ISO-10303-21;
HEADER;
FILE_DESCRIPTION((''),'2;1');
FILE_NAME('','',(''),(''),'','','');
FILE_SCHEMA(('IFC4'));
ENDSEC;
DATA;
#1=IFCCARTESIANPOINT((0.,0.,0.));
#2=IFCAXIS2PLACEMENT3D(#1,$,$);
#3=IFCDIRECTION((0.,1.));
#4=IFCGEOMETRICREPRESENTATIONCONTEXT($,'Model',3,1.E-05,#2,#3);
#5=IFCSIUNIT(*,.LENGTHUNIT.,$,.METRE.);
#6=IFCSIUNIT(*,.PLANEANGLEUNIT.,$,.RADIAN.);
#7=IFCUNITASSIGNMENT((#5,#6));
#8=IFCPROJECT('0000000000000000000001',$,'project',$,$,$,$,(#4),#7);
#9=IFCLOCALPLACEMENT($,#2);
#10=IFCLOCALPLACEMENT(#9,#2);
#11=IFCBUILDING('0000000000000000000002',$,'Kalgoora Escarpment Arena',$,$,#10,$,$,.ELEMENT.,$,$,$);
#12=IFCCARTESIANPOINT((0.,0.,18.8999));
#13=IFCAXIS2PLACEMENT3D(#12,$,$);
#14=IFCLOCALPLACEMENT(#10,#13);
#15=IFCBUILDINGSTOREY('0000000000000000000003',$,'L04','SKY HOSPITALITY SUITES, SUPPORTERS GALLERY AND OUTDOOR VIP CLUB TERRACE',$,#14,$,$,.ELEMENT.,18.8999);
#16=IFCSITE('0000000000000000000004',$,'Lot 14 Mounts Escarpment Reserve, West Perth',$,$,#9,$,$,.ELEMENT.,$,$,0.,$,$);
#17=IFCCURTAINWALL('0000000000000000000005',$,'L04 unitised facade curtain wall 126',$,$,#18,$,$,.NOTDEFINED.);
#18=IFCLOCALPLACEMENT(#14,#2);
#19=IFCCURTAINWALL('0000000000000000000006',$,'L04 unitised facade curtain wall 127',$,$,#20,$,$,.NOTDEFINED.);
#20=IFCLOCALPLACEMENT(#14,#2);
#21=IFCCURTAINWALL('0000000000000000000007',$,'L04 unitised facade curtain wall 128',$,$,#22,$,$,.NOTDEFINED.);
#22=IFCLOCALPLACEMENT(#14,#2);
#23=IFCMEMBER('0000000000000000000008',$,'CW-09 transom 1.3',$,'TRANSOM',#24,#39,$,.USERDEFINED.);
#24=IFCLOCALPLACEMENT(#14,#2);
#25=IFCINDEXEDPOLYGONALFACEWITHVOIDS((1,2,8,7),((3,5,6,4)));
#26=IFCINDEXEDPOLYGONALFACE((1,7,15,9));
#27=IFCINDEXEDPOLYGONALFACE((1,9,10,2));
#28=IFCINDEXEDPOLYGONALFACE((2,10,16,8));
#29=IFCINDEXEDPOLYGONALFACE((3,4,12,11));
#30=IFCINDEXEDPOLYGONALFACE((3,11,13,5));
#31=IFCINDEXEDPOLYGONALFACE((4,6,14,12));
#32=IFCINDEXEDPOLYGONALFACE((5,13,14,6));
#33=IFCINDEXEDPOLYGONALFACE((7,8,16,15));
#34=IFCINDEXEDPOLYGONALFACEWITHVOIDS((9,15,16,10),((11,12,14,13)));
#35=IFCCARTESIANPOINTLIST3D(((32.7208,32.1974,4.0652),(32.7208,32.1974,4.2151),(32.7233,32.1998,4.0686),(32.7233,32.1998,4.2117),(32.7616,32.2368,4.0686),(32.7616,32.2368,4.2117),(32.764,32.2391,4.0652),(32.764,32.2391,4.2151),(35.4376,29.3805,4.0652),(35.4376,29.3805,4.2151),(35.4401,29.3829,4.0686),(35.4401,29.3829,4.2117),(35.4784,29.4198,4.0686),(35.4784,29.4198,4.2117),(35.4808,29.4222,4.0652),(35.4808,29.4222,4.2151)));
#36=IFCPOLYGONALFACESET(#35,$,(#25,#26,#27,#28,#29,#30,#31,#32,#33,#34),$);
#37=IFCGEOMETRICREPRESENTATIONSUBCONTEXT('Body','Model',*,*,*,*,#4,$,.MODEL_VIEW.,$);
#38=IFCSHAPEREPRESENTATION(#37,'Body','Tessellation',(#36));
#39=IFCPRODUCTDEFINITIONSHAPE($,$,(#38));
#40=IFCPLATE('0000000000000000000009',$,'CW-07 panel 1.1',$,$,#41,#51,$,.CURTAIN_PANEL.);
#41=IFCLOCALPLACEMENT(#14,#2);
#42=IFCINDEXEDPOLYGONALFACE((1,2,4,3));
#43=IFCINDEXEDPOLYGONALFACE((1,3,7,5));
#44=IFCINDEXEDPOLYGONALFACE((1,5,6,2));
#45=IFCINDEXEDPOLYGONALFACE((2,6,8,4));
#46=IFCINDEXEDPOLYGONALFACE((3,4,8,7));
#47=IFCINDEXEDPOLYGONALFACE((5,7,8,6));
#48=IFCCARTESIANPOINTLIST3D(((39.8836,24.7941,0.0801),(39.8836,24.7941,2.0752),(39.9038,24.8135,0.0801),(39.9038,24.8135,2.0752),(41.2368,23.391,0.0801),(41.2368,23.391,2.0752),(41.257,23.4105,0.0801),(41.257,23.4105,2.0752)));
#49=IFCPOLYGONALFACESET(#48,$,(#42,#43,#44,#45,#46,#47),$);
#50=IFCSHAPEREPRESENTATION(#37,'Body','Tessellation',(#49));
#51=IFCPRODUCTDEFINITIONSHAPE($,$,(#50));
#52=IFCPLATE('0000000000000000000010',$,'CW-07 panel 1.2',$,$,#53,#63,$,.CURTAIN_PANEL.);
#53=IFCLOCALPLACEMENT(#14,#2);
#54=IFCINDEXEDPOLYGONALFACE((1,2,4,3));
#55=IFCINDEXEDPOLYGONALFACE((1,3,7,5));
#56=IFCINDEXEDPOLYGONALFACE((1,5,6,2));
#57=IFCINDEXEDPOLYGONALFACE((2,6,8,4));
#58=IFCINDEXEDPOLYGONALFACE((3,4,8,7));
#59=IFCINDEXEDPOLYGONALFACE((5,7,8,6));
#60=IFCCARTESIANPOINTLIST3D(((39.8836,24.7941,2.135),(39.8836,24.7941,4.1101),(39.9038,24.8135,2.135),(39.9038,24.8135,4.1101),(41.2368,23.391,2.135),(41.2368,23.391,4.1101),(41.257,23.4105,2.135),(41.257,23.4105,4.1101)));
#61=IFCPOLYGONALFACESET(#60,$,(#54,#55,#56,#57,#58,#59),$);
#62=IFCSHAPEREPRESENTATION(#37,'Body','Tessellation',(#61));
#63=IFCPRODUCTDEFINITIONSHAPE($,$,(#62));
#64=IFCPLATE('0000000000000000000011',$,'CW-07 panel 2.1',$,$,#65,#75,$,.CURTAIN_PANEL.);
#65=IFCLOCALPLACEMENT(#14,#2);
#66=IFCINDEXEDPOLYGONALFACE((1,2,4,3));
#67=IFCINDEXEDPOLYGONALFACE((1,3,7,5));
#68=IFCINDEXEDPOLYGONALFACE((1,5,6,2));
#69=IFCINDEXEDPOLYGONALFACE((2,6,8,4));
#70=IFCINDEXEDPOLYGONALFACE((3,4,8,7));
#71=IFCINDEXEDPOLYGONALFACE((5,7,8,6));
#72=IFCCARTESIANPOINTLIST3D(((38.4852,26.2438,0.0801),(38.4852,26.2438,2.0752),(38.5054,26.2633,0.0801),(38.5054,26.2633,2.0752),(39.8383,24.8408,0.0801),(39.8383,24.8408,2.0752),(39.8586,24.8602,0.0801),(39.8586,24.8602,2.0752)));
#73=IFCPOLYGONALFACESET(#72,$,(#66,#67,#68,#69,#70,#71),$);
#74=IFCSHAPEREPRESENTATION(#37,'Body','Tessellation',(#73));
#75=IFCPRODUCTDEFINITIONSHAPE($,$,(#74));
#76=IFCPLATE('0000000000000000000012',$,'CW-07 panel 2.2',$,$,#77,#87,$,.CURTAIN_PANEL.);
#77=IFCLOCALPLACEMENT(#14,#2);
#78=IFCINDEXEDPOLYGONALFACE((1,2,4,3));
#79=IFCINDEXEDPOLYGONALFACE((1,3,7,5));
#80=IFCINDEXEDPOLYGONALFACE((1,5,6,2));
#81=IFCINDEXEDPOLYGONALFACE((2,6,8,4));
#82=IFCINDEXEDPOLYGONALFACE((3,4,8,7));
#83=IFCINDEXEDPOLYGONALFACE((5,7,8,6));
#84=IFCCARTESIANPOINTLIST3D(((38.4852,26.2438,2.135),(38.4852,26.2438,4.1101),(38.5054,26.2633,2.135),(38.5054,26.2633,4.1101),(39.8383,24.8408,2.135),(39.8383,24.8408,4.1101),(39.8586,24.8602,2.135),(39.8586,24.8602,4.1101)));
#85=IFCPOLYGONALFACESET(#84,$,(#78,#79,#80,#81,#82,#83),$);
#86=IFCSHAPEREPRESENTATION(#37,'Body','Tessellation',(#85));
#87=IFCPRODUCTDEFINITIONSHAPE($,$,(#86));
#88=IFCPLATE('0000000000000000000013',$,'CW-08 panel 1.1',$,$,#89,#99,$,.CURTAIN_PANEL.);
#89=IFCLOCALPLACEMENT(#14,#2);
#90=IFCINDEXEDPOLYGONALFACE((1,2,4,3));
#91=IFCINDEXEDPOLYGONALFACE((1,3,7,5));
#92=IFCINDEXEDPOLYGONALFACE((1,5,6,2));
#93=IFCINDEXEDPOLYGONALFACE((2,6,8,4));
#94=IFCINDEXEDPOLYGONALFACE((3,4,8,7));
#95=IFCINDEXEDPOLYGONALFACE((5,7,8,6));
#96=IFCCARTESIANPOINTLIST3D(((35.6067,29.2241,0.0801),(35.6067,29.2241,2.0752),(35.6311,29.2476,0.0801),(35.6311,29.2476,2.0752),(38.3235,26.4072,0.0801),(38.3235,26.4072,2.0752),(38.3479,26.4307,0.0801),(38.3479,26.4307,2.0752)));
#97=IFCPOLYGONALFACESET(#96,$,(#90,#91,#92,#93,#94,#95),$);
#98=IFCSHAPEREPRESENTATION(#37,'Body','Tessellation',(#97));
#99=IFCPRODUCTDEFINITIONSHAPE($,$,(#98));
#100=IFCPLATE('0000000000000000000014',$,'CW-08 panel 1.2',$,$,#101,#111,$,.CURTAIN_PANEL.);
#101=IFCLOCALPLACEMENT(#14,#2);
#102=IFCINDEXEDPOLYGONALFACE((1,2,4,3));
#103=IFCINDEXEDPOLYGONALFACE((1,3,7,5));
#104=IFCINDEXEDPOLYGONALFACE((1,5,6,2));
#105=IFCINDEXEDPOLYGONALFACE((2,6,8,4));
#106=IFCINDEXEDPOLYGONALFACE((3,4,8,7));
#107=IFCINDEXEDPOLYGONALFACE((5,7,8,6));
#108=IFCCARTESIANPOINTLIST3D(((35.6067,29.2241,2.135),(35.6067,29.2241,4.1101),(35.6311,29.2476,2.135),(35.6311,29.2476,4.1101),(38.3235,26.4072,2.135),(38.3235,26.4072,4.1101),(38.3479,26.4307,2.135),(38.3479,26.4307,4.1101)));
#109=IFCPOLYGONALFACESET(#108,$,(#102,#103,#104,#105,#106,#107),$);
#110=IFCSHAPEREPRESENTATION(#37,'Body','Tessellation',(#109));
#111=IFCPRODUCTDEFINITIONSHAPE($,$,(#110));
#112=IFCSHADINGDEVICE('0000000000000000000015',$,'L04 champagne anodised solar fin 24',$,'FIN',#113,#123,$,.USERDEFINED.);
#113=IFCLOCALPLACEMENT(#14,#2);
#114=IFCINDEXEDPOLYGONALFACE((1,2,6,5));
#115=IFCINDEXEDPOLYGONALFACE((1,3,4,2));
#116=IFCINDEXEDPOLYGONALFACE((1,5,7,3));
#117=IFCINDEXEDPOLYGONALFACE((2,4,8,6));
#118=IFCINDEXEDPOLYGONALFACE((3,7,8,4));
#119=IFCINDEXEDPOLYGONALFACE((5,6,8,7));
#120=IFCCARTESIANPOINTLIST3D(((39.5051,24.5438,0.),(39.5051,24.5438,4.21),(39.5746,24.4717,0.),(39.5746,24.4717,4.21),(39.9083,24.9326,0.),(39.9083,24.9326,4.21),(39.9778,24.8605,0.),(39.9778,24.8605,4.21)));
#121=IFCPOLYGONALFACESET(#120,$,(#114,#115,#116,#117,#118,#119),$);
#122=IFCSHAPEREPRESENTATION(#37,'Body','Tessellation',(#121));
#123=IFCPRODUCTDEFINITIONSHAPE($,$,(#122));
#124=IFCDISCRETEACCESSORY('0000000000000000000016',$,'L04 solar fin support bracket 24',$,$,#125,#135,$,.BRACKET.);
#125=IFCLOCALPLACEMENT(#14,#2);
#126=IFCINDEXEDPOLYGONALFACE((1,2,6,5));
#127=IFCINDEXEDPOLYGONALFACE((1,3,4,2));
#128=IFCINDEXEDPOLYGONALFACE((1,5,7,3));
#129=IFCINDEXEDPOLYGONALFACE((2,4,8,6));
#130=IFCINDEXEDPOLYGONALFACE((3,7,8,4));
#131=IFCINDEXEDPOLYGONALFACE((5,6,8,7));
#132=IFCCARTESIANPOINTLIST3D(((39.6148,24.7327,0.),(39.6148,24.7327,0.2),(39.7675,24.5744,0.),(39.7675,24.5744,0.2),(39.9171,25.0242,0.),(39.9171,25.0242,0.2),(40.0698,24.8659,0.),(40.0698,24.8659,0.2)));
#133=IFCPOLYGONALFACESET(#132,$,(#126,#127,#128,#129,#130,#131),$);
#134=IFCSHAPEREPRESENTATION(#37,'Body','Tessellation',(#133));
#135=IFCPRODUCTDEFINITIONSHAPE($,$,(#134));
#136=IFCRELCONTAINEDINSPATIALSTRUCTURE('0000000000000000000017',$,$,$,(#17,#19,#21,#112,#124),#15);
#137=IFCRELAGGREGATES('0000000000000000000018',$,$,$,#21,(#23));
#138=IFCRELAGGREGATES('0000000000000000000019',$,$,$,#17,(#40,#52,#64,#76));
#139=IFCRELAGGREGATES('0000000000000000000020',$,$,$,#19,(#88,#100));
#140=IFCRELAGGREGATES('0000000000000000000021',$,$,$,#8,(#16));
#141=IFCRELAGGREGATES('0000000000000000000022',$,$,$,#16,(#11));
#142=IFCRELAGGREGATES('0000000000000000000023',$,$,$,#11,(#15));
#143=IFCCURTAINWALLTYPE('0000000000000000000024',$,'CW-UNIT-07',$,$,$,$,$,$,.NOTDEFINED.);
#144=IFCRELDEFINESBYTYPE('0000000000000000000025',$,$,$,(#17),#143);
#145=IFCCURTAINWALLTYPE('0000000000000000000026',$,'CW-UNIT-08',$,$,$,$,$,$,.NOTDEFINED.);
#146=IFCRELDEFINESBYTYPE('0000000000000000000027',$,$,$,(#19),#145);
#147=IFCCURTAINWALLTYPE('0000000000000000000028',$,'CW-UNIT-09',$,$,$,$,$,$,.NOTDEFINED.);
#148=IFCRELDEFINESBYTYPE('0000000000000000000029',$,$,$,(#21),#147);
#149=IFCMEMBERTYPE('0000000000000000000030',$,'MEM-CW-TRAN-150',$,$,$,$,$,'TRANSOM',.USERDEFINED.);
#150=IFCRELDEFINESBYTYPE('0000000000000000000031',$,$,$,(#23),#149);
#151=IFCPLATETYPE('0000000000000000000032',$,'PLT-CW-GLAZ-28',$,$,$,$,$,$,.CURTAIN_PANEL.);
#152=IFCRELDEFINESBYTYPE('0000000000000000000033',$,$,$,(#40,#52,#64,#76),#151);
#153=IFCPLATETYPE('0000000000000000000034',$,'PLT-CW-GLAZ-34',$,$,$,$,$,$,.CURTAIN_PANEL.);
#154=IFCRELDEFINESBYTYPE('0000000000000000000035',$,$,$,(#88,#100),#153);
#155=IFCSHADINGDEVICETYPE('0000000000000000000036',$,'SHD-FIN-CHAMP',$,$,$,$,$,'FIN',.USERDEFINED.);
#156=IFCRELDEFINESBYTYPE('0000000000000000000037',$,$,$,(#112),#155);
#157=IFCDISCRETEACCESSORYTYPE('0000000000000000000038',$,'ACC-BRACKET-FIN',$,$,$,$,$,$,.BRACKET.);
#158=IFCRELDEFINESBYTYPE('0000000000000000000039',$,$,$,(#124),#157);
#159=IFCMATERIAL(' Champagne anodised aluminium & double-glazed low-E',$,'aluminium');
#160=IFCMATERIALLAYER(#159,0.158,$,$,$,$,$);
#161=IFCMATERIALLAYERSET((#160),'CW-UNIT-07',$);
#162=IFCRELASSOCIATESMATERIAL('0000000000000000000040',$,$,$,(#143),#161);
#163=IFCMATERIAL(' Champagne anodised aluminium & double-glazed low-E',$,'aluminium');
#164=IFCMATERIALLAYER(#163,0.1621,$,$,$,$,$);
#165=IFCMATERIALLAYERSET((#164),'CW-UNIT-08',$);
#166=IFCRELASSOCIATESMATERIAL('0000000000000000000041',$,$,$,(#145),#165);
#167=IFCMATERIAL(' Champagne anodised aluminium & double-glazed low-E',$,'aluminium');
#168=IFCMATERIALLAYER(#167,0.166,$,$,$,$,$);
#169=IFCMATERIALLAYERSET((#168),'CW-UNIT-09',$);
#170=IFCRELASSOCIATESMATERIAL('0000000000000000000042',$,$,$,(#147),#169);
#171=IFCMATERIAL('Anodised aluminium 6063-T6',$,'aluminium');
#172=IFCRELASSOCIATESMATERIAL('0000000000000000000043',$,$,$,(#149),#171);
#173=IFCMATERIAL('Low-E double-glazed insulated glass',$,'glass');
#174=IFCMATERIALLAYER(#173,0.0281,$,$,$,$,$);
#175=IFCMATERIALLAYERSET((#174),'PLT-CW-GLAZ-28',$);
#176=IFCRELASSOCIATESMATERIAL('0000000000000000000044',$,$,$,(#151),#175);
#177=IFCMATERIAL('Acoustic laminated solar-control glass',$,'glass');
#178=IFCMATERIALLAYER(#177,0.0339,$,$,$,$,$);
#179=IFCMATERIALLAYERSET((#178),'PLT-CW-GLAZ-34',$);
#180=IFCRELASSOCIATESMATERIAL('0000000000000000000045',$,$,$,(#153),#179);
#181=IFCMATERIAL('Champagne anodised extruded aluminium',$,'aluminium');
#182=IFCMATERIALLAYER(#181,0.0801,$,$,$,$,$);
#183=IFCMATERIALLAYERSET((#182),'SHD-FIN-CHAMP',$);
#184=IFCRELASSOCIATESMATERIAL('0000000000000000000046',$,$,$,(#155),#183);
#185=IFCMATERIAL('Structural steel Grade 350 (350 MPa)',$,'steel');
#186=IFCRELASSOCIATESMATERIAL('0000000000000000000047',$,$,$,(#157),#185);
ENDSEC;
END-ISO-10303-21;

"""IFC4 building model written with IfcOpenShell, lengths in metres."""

from ifc_helpers import new_model, si_unit, direction, frame, origin, origin_2d, place, context, subcontext, project, spatial, rectangle, hollow_rectangle, extrude, material, layer, layer_set, material_profile, profile_set, type_object, element, aggregate, save


model = new_model("IFC4")

# Units and contexts
model_context = context("Model", 3, precision=1e-05, world=origin(), true_north=direction((0.0, 1.0)))
body_context = subcontext(model_context, "Body", "Model", "MODEL_VIEW")
ifc_project = project(units=[si_unit("LENGTHUNIT", "METRE"), si_unit("PLANEANGLEUNIT", "RADIAN")], contexts=[model_context])

# Site, building, storey
site_placement = place(None, origin())
site = spatial("IfcSite", under=ifc_project, at=site_placement, Name="Lot 14 Mounts Escarpment Reserve, West Perth", CompositionType="ELEMENT", RefElevation=0.0)
building_placement = place(site_placement, origin())
building = spatial("IfcBuilding", under=site, at=building_placement, Name="Kalgoora Escarpment Arena", CompositionType="ELEMENT")
storey_placement = place(building_placement, frame((0.0, 0.0, 18.8999)))
storey = spatial("IfcBuildingStorey", under=building, at=storey_placement, Name="L04", Description="SKY HOSPITALITY SUITES, SUPPORTERS GALLERY AND OUTDOOR VIP CLUB TERRACE", CompositionType="ELEMENT", Elevation=18.8999)

# Curtain walls
ifc_material_1 = material(Name=" Champagne anodised aluminium & double-glazed low-E", Category="aluminium")
ifc_layer_1 = layer(ifc_material_1, 0.158)
ifc_layer_set_1 = layer_set([ifc_layer_1], Name="CW-UNIT-07")
curtain_wall_type_1 = type_object("IfcCurtainWallType", Name="CW-UNIT-07", PredefinedType="NOTDEFINED", material=ifc_layer_set_1)
curtain_wall_1_placement = place(storey_placement, origin())
curtain_wall_1 = element("IfcCurtainWall", 1, at=curtain_wall_1_placement, inside=storey, type_object=curtain_wall_type_1, Name="L04 unitised facade curtain wall 126", PredefinedType="NOTDEFINED")
ifc_material_2 = material(Name=" Champagne anodised aluminium & double-glazed low-E", Category="aluminium")
ifc_layer_2 = layer(ifc_material_2, 0.1621)
ifc_layer_set_2 = layer_set([ifc_layer_2], Name="CW-UNIT-08")
curtain_wall_type_2 = type_object("IfcCurtainWallType", Name="CW-UNIT-08", PredefinedType="NOTDEFINED", material=ifc_layer_set_2)
curtain_wall_2_placement = place(storey_placement, origin())
curtain_wall_2 = element("IfcCurtainWall", 2, at=curtain_wall_2_placement, inside=storey, type_object=curtain_wall_type_2, Name="L04 unitised facade curtain wall 127", PredefinedType="NOTDEFINED")

# Curtain wall
ifc_material_3 = material(Name=" Champagne anodised aluminium & double-glazed low-E", Category="aluminium")
ifc_layer_3 = layer(ifc_material_3, 0.166)
ifc_layer_set_3 = layer_set([ifc_layer_3], Name="CW-UNIT-09")
curtain_wall_type_3 = type_object("IfcCurtainWallType", Name="CW-UNIT-09", PredefinedType="NOTDEFINED", material=ifc_layer_set_3)
curtain_wall_3_placement = place(storey_placement, origin())
curtain_wall_3 = element("IfcCurtainWall", 3, at=curtain_wall_3_placement, inside=storey, type_object=curtain_wall_type_3, Name="L04 unitised facade curtain wall 128", PredefinedType="NOTDEFINED")

# Member
ifc_material_4 = material(Name="Anodised aluminium 6063-T6", Category="aluminium")
ifc_material_profile_1 = material_profile(ifc_material_4, hollow_rectangle(XDim=0.0601, YDim=0.1499, WallThickness=0.0034, at=origin_2d()))
ifc_profile_set_1 = profile_set([ifc_material_profile_1], Name="Anodised aluminium 6063-T6")
member_type_1 = type_object("IfcMemberType", Name="MEM-CW-TRAN-150", ElementType="TRANSOM", PredefinedType="USERDEFINED", material=ifc_profile_set_1)
member_1_placement = place(storey_placement, frame((35.4592, 29.4014, 4.1401), z_axis=(-0.694203, 0.71978, 0.0), x_axis=(-0.71978, -0.694203, 0.0)))
member_1 = element("IfcMember", 4, at=member_1_placement, type_object=member_type_1, Name="CW-09 transom 1.3", ObjectType="TRANSOM", PredefinedType="USERDEFINED", context=body_context, shape_type="SweptSolid", body=[
    extrude(hollow_rectangle(XDim=0.0601, YDim=0.1499, WallThickness=0.0034, at=origin_2d()), origin(), (0.0, 0.0, 1.0), 3.9136),
])
aggregate(curtain_wall_3, [member_1])

# Plates
ifc_material_5 = material(Name="Low-E double-glazed insulated glass", Category="glass")
ifc_layer_4 = layer(ifc_material_5, 0.0281)
ifc_layer_set_4 = layer_set([ifc_layer_4], Name="PLT-CW-GLAZ-28")
plate_type_1 = type_object("IfcPlateType", Name="PLT-CW-GLAZ-28", PredefinedType="CURTAIN_PANEL", material=ifc_layer_set_4)
plate_1_placement = place(storey_placement, frame((40.5703, 24.1023, 0.0801), z_axis=(0.0, 0.0, 1.0), x_axis=(-0.694202, 0.71978, 0.0)))
plate_1 = element("IfcPlate", 5, at=plate_1_placement, type_object=plate_type_1, Name="CW-07 panel 1.1", PredefinedType="CURTAIN_PANEL", context=body_context, shape_type="SweptSolid", body=[
    extrude(rectangle(XDim=1.9492, YDim=0.0281, at=origin_2d()), origin(), (0.0, 0.0, 1.0), 1.9951),
])
plate_2_placement = place(storey_placement, frame((40.5703, 24.1023, 2.135), z_axis=(0.0, 0.0, 1.0), x_axis=(-0.694202, 0.71978, 0.0)))
plate_2 = element("IfcPlate", 6, at=plate_2_placement, type_object=plate_type_1, Name="CW-07 panel 1.2", PredefinedType="CURTAIN_PANEL", context=body_context, shape_type="SweptSolid", body=[
    extrude(rectangle(XDim=1.9492, YDim=0.0281, at=origin_2d()), origin(), (0.0, 0.0, 1.0), 1.9751),
])
plate_3_placement = place(storey_placement, frame((39.1719, 25.552, 0.0801), z_axis=(0.0, 0.0, 1.0), x_axis=(-0.694202, 0.71978, 0.0)))
plate_3 = element("IfcPlate", 7, at=plate_3_placement, type_object=plate_type_1, Name="CW-07 panel 2.1", PredefinedType="CURTAIN_PANEL", context=body_context, shape_type="SweptSolid", body=[
    extrude(rectangle(XDim=1.9492, YDim=0.0281, at=origin_2d()), origin(), (0.0, 0.0, 1.0), 1.9951),
])
plate_4_placement = place(storey_placement, frame((39.1719, 25.552, 2.135), z_axis=(0.0, 0.0, 1.0), x_axis=(-0.694202, 0.71978, 0.0)))
plate_4 = element("IfcPlate", 8, at=plate_4_placement, type_object=plate_type_1, Name="CW-07 panel 2.2", PredefinedType="CURTAIN_PANEL", context=body_context, shape_type="SweptSolid", body=[
    extrude(rectangle(XDim=1.9492, YDim=0.0281, at=origin_2d()), origin(), (0.0, 0.0, 1.0), 1.9751),
])
aggregate(curtain_wall_1, [plate_1, plate_2, plate_3, plate_4])
ifc_material_6 = material(Name="Acoustic laminated solar-control glass", Category="glass")
ifc_layer_5 = layer(ifc_material_6, 0.0339)
ifc_layer_set_5 = layer_set([ifc_layer_5], Name="PLT-CW-GLAZ-34")
plate_type_2 = type_object("IfcPlateType", Name="PLT-CW-GLAZ-34", PredefinedType="CURTAIN_PANEL", material=ifc_layer_set_5)
plate_5_placement = place(storey_placement, frame((36.9773, 27.8274, 0.0801), z_axis=(0.0, 0.0, 1.0), x_axis=(-0.694205, 0.719777, 0.0)))
plate_5 = element("IfcPlate", 9, at=plate_5_placement, type_object=plate_type_2, Name="CW-08 panel 1.1", PredefinedType="CURTAIN_PANEL", context=body_context, shape_type="SweptSolid", body=[
    extrude(rectangle(XDim=3.9136, YDim=0.0339, at=origin_2d()), origin(), (0.0, 0.0, 1.0), 1.9951),
])
plate_6_placement = place(storey_placement, frame((36.9773, 27.8274, 2.135), z_axis=(0.0, 0.0, 1.0), x_axis=(-0.694205, 0.719777, 0.0)))
plate_6 = element("IfcPlate", 10, at=plate_6_placement, type_object=plate_type_2, Name="CW-08 panel 1.2", PredefinedType="CURTAIN_PANEL", context=body_context, shape_type="SweptSolid", body=[
    extrude(rectangle(XDim=3.9136, YDim=0.0339, at=origin_2d()), origin(), (0.0, 0.0, 1.0), 1.9751),
])
aggregate(curtain_wall_2, [plate_5, plate_6])

# Shading device
ifc_material_7 = material(Name="Champagne anodised extruded aluminium", Category="aluminium")
ifc_layer_6 = layer(ifc_material_7, 0.0801)
ifc_layer_set_6 = layer_set([ifc_layer_6], Name="SHD-FIN-CHAMP")
shading_device_type = type_object("IfcShadingDeviceType", Name="SHD-FIN-CHAMP", ElementType="FIN", PredefinedType="USERDEFINED", material=ifc_layer_set_6)
shading_device_placement = place(storey_placement, frame((39.7415, 24.7021, 0.0), z_axis=(0.0, 0.0, 1.0), x_axis=(-0.719825, -0.694156, 0.0)))
element("IfcShadingDevice", 11, at=shading_device_placement, inside=storey, type_object=shading_device_type, Name="L04 champagne anodised solar fin 24", ObjectType="FIN", PredefinedType="USERDEFINED", context=body_context, shape_type="SweptSolid", body=[
    extrude(rectangle(XDim=0.5601, YDim=0.1001, at=origin_2d()), origin(), (0.0, 0.0, 1.0), 4.21),
])

# Discrete accessory
ifc_material_8 = material(Name="Structural steel Grade 350 (350 MPa)", Category="steel")
discrete_accessory_type = type_object("IfcDiscreteAccessoryType", Name="ACC-BRACKET-FIN", PredefinedType="BRACKET", material=ifc_material_8)
discrete_accessory_placement = place(storey_placement, frame((39.8423, 24.7993, 0.0), z_axis=(0.0, 0.0, 1.0), x_axis=(-0.719825, -0.694156, 0.0)))
element("IfcDiscreteAccessory", 12, at=discrete_accessory_placement, inside=storey, type_object=discrete_accessory_type, Name="L04 solar fin support bracket 24", PredefinedType="BRACKET", context=body_context, shape_type="SweptSolid", body=[
    extrude(rectangle(XDim=0.4199, YDim=0.22, at=origin_2d()), origin(), (0.0, 0.0, 1.0), 0.2),
])

save(model, "model.ifc")
